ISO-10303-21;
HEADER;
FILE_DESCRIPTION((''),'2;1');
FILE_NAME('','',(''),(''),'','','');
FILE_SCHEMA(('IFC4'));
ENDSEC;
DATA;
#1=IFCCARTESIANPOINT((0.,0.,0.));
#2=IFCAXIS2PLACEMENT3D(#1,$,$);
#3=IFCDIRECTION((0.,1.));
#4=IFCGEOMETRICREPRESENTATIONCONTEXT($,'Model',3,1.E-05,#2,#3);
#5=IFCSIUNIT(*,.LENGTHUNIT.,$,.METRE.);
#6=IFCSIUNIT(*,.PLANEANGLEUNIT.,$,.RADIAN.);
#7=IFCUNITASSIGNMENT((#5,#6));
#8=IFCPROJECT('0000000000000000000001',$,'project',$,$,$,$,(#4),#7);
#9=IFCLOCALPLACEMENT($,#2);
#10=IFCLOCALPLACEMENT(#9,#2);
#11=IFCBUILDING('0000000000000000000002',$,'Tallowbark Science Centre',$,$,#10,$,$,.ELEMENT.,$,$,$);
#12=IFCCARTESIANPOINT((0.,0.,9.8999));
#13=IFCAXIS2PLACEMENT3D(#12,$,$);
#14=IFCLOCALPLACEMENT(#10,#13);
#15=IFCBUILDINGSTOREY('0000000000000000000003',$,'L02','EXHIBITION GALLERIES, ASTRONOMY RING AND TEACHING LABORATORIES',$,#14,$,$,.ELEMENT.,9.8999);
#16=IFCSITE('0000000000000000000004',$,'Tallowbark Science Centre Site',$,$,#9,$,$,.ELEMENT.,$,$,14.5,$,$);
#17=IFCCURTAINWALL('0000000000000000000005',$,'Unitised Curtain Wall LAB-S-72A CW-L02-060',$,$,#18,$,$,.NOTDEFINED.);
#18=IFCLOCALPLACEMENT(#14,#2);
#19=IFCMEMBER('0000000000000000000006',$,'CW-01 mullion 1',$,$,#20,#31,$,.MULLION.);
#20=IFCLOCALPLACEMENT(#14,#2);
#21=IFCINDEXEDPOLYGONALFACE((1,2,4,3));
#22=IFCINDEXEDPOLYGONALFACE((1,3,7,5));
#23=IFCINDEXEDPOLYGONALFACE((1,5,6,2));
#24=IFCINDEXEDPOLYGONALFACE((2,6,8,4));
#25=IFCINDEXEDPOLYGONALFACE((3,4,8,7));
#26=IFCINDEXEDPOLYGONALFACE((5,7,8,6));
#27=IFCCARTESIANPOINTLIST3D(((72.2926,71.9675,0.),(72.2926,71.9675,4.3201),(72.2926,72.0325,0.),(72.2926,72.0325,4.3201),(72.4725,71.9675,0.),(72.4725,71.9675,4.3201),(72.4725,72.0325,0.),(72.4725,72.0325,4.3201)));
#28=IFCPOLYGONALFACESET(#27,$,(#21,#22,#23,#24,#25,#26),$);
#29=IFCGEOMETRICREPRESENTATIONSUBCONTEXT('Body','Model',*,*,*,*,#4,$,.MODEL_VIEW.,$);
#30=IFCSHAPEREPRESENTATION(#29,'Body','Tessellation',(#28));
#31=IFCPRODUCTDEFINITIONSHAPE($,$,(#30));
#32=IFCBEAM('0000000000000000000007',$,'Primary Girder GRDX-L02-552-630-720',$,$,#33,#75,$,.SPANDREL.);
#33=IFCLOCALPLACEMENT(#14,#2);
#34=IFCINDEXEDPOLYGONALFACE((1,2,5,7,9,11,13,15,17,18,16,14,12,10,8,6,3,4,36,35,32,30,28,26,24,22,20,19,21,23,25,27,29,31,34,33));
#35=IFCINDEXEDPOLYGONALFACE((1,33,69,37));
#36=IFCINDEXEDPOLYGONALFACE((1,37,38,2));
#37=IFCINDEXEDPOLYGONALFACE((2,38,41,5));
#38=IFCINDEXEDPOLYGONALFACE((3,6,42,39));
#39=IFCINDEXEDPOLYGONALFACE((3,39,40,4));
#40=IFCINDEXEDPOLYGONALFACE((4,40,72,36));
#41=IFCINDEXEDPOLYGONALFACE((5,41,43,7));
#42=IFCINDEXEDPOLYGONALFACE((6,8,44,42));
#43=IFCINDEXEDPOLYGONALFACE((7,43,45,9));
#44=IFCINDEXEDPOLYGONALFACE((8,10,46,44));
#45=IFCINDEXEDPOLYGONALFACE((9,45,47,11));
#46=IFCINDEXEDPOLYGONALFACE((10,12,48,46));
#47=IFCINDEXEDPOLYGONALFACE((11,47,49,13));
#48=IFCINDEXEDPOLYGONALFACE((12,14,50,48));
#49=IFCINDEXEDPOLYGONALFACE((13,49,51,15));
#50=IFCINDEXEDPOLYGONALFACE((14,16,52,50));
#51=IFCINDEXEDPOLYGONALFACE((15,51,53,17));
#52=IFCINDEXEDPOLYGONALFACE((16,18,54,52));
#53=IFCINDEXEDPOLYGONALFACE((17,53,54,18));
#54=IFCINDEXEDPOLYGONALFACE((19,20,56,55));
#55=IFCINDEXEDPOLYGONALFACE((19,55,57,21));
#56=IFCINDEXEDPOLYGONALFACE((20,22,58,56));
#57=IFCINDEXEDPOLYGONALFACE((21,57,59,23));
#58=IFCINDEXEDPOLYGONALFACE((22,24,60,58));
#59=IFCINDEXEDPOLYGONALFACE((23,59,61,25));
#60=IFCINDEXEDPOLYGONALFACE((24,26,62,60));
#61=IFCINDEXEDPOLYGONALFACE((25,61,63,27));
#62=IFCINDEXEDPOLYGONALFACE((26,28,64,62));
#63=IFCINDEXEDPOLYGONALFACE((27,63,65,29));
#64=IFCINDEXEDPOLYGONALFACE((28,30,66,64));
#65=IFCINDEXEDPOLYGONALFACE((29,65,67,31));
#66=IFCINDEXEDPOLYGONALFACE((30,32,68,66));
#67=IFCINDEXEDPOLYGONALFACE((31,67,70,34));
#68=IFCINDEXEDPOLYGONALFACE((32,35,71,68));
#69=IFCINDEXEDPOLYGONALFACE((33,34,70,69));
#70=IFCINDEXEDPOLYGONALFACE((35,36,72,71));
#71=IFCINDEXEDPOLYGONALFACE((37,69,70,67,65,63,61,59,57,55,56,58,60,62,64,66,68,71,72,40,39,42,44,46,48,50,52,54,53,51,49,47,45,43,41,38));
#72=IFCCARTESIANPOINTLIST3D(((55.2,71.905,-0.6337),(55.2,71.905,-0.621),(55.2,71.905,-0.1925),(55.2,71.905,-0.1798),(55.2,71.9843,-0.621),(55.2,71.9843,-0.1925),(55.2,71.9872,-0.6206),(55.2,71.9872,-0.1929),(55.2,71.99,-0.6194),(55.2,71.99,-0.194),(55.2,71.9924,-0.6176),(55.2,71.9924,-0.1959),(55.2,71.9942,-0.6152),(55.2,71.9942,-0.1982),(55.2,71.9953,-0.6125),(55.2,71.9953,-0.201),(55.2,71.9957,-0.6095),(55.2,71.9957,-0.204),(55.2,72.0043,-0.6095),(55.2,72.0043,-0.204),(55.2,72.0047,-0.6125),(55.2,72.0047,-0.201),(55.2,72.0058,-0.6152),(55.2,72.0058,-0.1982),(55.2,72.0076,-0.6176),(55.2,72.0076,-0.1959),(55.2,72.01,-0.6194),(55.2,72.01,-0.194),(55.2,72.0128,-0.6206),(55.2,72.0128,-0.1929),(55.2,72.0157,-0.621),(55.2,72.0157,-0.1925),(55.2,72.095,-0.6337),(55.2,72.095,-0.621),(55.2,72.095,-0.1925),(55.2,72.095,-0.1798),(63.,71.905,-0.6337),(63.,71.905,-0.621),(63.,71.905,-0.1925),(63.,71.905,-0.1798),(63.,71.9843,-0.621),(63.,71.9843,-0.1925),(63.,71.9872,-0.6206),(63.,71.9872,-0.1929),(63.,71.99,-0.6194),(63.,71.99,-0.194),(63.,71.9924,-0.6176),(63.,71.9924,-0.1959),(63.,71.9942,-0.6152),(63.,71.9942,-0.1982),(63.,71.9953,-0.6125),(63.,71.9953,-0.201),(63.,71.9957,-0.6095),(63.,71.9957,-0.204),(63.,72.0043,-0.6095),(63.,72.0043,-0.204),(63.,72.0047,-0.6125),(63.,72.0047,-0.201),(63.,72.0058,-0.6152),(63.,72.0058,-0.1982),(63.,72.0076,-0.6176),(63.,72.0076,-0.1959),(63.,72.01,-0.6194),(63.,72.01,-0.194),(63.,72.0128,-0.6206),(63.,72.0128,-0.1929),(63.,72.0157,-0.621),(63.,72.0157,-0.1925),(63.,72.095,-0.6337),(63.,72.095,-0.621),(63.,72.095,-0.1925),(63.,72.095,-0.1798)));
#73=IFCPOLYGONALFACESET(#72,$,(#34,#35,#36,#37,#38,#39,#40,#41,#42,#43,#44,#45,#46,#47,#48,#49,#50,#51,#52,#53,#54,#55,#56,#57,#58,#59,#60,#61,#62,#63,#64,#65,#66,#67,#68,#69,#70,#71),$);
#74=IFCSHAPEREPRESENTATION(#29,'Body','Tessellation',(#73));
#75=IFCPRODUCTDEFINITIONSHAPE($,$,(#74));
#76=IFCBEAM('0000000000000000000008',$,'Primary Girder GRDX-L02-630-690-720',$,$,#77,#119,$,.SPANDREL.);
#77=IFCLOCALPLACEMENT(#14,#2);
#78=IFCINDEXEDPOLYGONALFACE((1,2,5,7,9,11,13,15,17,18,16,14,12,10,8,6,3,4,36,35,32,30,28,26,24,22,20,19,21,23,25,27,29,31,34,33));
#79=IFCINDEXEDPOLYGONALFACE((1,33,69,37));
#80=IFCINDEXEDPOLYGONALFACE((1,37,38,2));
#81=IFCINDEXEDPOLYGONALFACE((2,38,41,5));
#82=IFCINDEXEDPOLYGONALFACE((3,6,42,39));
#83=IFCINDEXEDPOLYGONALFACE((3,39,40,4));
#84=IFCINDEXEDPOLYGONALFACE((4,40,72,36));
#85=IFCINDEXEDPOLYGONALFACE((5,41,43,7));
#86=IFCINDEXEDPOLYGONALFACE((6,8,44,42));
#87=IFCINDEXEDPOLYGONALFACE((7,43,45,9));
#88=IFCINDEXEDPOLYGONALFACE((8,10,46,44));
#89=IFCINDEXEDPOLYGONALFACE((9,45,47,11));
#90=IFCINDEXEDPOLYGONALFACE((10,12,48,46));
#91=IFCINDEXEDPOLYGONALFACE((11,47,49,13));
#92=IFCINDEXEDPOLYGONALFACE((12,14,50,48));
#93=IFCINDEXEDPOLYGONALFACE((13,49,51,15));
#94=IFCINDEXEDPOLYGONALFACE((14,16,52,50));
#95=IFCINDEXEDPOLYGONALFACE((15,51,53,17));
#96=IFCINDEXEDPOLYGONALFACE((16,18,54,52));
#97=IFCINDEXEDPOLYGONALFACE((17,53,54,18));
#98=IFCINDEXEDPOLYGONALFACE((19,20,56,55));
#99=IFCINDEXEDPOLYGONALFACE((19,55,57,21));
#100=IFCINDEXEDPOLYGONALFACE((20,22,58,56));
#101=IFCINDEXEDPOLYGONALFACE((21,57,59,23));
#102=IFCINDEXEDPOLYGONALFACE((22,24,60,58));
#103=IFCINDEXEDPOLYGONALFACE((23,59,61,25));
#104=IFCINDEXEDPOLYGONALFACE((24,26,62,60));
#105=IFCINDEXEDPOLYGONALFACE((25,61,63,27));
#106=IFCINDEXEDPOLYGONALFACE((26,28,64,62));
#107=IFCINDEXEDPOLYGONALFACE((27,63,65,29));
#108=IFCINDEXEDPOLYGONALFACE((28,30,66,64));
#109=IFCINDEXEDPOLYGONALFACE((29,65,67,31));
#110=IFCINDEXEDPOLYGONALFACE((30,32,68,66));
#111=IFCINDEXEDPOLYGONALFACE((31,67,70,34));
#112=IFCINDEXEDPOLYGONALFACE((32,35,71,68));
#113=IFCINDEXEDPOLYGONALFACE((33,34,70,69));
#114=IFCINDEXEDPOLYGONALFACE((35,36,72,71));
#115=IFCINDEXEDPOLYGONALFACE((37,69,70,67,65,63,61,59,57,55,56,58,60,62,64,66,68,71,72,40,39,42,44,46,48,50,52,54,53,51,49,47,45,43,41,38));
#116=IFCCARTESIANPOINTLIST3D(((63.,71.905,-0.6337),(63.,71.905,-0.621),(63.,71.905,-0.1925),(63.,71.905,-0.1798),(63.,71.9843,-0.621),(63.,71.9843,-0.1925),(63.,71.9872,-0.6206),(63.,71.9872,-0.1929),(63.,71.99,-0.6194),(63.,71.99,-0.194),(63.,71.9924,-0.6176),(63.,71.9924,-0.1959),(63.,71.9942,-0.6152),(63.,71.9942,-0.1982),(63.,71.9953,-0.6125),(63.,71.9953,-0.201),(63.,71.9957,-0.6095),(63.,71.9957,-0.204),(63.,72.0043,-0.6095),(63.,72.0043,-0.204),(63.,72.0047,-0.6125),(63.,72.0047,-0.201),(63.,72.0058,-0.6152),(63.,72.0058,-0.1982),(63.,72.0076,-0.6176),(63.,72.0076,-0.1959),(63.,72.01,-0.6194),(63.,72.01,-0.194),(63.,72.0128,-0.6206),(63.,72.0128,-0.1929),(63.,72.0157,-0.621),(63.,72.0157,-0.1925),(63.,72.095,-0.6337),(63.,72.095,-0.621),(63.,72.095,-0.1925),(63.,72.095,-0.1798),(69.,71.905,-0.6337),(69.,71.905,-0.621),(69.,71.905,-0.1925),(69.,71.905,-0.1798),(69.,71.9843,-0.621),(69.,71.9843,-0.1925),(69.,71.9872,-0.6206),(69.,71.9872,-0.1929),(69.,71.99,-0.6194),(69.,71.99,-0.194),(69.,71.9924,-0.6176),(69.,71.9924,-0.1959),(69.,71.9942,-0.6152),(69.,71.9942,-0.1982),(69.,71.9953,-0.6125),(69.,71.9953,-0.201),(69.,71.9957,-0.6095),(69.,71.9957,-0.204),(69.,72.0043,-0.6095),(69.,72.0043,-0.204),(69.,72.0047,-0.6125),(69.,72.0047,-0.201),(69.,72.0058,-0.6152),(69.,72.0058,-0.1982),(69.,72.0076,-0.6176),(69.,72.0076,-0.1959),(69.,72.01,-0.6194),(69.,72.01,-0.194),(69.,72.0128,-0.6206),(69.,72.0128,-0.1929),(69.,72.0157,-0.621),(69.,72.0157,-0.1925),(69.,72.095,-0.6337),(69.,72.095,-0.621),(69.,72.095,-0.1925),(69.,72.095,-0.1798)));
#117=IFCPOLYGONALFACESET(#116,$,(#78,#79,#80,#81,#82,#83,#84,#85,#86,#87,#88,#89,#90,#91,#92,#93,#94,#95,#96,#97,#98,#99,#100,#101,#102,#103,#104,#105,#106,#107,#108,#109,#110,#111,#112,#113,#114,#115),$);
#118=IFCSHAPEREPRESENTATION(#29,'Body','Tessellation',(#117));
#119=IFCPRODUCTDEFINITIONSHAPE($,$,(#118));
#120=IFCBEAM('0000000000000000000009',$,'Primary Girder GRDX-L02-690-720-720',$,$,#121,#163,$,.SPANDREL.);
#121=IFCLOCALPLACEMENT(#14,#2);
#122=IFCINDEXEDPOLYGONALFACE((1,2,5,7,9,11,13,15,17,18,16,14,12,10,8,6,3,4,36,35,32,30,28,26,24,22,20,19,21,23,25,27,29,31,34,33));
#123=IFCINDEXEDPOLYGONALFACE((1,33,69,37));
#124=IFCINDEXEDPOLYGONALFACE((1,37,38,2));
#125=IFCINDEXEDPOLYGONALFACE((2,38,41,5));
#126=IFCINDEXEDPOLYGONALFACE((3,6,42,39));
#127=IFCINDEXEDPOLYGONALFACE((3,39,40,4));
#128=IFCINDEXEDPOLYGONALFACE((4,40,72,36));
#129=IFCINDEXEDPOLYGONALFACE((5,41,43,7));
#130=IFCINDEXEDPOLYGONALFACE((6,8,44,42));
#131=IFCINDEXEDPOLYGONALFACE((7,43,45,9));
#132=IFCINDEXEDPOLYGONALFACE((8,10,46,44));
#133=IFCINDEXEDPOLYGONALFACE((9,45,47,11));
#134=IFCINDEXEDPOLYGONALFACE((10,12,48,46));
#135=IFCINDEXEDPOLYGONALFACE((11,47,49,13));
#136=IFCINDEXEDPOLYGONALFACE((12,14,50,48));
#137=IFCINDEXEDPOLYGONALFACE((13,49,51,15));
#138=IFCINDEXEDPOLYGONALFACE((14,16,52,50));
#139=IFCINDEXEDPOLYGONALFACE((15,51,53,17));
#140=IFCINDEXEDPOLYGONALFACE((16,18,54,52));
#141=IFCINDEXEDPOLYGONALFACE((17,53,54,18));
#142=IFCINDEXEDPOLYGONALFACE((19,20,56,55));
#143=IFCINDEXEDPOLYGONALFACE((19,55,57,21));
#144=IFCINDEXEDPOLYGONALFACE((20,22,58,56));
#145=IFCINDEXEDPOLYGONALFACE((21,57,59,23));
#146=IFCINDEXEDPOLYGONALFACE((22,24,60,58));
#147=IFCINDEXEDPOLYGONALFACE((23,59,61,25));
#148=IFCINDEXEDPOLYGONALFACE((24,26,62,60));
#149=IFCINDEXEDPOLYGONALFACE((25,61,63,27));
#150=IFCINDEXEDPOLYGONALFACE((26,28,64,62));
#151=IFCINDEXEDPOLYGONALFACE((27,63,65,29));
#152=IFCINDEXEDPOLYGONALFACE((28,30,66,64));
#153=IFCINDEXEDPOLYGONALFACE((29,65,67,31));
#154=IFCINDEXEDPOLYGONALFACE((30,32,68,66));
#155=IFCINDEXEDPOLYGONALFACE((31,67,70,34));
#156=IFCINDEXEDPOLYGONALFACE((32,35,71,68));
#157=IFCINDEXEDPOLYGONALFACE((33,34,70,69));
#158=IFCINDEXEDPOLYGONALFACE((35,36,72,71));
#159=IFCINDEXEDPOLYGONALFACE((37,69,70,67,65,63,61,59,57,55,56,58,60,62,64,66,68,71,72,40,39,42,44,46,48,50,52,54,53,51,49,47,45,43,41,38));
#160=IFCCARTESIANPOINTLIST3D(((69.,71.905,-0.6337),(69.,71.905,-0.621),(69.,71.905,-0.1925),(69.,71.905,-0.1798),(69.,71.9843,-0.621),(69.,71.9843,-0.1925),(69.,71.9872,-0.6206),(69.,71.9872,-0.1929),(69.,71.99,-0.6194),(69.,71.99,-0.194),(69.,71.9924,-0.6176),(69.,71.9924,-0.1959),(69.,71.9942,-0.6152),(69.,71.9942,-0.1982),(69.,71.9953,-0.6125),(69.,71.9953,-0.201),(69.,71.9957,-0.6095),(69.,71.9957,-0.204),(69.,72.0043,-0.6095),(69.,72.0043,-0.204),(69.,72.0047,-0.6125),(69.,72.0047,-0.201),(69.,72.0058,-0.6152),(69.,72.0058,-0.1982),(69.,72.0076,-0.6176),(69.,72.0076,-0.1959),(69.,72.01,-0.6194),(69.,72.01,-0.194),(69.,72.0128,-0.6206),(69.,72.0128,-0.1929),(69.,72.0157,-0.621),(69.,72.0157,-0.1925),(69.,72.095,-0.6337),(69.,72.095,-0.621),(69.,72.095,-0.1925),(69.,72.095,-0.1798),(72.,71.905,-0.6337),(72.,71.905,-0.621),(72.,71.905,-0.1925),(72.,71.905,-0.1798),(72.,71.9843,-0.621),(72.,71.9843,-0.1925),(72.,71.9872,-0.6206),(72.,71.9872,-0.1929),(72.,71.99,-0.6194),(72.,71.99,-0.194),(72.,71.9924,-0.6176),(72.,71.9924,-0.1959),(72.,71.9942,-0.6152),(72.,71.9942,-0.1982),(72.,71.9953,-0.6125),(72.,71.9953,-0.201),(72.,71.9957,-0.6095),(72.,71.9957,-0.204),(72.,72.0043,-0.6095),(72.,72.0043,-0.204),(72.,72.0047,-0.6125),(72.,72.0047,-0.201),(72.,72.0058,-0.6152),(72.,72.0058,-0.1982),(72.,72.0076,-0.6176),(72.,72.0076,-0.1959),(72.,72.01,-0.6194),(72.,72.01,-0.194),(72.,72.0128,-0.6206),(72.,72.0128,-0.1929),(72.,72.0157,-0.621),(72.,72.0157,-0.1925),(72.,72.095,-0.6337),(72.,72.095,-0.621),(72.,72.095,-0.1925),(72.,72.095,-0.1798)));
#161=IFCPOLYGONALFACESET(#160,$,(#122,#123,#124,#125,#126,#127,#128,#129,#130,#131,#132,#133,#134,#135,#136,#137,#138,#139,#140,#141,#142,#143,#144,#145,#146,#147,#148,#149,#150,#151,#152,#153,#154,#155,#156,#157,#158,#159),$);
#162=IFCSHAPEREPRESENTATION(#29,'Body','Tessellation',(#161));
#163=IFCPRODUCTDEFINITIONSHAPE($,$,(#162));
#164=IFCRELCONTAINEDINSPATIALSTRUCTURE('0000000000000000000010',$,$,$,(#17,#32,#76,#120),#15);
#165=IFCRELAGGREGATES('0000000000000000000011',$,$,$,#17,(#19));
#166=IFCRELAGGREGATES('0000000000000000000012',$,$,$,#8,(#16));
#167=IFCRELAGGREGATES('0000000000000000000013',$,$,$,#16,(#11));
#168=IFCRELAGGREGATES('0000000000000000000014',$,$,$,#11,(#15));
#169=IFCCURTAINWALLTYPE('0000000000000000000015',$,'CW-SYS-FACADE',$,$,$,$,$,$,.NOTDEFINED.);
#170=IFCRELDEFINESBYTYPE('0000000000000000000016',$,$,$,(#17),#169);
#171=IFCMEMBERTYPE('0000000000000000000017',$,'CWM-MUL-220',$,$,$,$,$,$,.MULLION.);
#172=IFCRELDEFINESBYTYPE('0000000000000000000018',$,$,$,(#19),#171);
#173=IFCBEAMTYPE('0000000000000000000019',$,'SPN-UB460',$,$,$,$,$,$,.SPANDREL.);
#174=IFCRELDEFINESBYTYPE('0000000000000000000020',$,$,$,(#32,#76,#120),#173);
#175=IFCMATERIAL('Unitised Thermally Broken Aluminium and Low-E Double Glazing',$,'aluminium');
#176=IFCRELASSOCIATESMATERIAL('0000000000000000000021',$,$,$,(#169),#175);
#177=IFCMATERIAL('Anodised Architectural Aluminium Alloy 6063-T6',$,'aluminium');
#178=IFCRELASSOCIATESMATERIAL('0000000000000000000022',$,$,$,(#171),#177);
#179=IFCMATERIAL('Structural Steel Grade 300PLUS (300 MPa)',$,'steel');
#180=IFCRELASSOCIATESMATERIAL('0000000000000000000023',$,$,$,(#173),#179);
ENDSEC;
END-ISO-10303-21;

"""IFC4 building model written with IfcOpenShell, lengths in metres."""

from ifc_helpers import new_model, si_unit, direction, frame, origin, origin_2d, place, context, subcontext, project, spatial, rectangle, i_section, extrude, material, material_profile, profile_set, type_object, element, aggregate, save


model = new_model("IFC4")

# Units and contexts
model_context = context("Model", 3, precision=1e-05, world=origin(), true_north=direction((0.0, 1.0)))
body_context = subcontext(model_context, "Body", "Model", "MODEL_VIEW")
ifc_project = project(units=[si_unit("LENGTHUNIT", "METRE"), si_unit("PLANEANGLEUNIT", "RADIAN")], contexts=[model_context])

# Site, building, storey
site_placement = place(None, origin())
site = spatial("IfcSite", under=ifc_project, at=site_placement, Name="Tallowbark Science Centre Site", CompositionType="ELEMENT", RefElevation=14.5)
building_placement = place(site_placement, origin())
building = spatial("IfcBuilding", under=site, at=building_placement, Name="Tallowbark Science Centre", CompositionType="ELEMENT")
storey_placement = place(building_placement, frame((0.0, 0.0, 9.8999)))
storey = spatial("IfcBuildingStorey", under=building, at=storey_placement, Name="L02", Description="EXHIBITION GALLERIES, ASTRONOMY RING AND TEACHING LABORATORIES", CompositionType="ELEMENT", Elevation=9.8999)

# Shared definitions
ifc_material_1 = material(Name="Structural Steel Grade 300PLUS (300 MPa)", Category="steel")

# Curtain wall, member
ifc_material_2 = material(Name="Unitised Thermally Broken Aluminium and Low-E Double Glazing", Category="aluminium")
curtain_wall_type = type_object("IfcCurtainWallType", Name="CW-SYS-FACADE", PredefinedType="NOTDEFINED", material=ifc_material_2)
curtain_wall_placement = place(storey_placement, origin())
curtain_wall = element("IfcCurtainWall", 1, at=curtain_wall_placement, inside=storey, type_object=curtain_wall_type, Name="Unitised Curtain Wall LAB-S-72A CW-L02-060", PredefinedType="NOTDEFINED")
ifc_material_3 = material(Name="Anodised Architectural Aluminium Alloy 6063-T6", Category="aluminium")
ifc_material_profile_1 = material_profile(ifc_material_3, rectangle(XDim=0.0649, YDim=0.1799, at=origin_2d()), Name="ALU65x180")
ifc_profile_set_1 = profile_set([ifc_material_profile_1], Name="Anodised Architectural Aluminium Alloy 6063-T6")
member_type_1 = type_object("IfcMemberType", Name="CWM-MUL-220", PredefinedType="MULLION", material=ifc_profile_set_1)
member_1_placement = place(storey_placement, frame((72.3826, 72.0, 0.0), z_axis=(0.0, 0.0, 1.0), x_axis=(0.0, 1.0, 0.0)))
member_1 = element("IfcMember", 2, at=member_1_placement, type_object=member_type_1, Name="CW-01 mullion 1", PredefinedType="MULLION", context=body_context, shape_type="SweptSolid", body=[
    extrude(rectangle(XDim=0.0649, YDim=0.1799, at=origin_2d()), origin(), (0.0, 0.0, 1.0), 4.3201),
])
aggregate(curtain_wall, [member_1])

# Beams
ifc_material_profile_2 = material_profile(ifc_material_1, i_section(OverallWidth=0.1899, OverallDepth=0.4539, WebThickness=0.0085, FlangeThickness=0.0127, FilletRadius=0.0115, at=origin_2d()), Name="460UB67.1")
ifc_profile_set_2 = profile_set([ifc_material_profile_2], Name="Structural Steel Grade 300PLUS (300 MPa)")
beam_type_1 = type_object("IfcBeamType", Name="SPN-UB460", PredefinedType="SPANDREL", material=ifc_profile_set_2)
beam_1_placement = place(storey_placement, frame((55.2, 72.0, -0.4067), z_axis=(1.0, 0.0, 0.0), x_axis=(0.0, 1.0, 0.0)))
element("IfcBeam", 3, at=beam_1_placement, inside=storey, type_object=beam_type_1, Name="Primary Girder GRDX-L02-552-630-720", PredefinedType="SPANDREL", context=body_context, shape_type="SweptSolid", body=[
    extrude(i_section(OverallWidth=0.1899, OverallDepth=0.4539, WebThickness=0.0085, FlangeThickness=0.0127, FilletRadius=0.0115, at=origin_2d()), origin(), (0.0, 0.0, 1.0), 7.8),
])
beam_2_placement = place(storey_placement, frame((63.0, 72.0, -0.4067), z_axis=(1.0, 0.0, 0.0), x_axis=(0.0, 1.0, 0.0)))
element("IfcBeam", 4, at=beam_2_placement, inside=storey, type_object=beam_type_1, Name="Primary Girder GRDX-L02-630-690-720", PredefinedType="SPANDREL", context=body_context, shape_type="SweptSolid", body=[
    extrude(i_section(OverallWidth=0.1899, OverallDepth=0.4539, WebThickness=0.0085, FlangeThickness=0.0127, FilletRadius=0.0115, at=origin_2d()), origin(), (0.0, 0.0, 1.0), 6.0),
])
beam_3_placement = place(storey_placement, frame((69.0, 72.0, -0.4067), z_axis=(1.0, 0.0, 0.0), x_axis=(0.0, 1.0, 0.0)))
element("IfcBeam", 5, at=beam_3_placement, inside=storey, type_object=beam_type_1, Name="Primary Girder GRDX-L02-690-720-720", PredefinedType="SPANDREL", context=body_context, shape_type="SweptSolid", body=[
    extrude(i_section(OverallWidth=0.1899, OverallDepth=0.4539, WebThickness=0.0085, FlangeThickness=0.0127, FilletRadius=0.0115, at=origin_2d()), origin(), (0.0, 0.0, 1.0), 3.0),
])

save(model, "model.ifc")
